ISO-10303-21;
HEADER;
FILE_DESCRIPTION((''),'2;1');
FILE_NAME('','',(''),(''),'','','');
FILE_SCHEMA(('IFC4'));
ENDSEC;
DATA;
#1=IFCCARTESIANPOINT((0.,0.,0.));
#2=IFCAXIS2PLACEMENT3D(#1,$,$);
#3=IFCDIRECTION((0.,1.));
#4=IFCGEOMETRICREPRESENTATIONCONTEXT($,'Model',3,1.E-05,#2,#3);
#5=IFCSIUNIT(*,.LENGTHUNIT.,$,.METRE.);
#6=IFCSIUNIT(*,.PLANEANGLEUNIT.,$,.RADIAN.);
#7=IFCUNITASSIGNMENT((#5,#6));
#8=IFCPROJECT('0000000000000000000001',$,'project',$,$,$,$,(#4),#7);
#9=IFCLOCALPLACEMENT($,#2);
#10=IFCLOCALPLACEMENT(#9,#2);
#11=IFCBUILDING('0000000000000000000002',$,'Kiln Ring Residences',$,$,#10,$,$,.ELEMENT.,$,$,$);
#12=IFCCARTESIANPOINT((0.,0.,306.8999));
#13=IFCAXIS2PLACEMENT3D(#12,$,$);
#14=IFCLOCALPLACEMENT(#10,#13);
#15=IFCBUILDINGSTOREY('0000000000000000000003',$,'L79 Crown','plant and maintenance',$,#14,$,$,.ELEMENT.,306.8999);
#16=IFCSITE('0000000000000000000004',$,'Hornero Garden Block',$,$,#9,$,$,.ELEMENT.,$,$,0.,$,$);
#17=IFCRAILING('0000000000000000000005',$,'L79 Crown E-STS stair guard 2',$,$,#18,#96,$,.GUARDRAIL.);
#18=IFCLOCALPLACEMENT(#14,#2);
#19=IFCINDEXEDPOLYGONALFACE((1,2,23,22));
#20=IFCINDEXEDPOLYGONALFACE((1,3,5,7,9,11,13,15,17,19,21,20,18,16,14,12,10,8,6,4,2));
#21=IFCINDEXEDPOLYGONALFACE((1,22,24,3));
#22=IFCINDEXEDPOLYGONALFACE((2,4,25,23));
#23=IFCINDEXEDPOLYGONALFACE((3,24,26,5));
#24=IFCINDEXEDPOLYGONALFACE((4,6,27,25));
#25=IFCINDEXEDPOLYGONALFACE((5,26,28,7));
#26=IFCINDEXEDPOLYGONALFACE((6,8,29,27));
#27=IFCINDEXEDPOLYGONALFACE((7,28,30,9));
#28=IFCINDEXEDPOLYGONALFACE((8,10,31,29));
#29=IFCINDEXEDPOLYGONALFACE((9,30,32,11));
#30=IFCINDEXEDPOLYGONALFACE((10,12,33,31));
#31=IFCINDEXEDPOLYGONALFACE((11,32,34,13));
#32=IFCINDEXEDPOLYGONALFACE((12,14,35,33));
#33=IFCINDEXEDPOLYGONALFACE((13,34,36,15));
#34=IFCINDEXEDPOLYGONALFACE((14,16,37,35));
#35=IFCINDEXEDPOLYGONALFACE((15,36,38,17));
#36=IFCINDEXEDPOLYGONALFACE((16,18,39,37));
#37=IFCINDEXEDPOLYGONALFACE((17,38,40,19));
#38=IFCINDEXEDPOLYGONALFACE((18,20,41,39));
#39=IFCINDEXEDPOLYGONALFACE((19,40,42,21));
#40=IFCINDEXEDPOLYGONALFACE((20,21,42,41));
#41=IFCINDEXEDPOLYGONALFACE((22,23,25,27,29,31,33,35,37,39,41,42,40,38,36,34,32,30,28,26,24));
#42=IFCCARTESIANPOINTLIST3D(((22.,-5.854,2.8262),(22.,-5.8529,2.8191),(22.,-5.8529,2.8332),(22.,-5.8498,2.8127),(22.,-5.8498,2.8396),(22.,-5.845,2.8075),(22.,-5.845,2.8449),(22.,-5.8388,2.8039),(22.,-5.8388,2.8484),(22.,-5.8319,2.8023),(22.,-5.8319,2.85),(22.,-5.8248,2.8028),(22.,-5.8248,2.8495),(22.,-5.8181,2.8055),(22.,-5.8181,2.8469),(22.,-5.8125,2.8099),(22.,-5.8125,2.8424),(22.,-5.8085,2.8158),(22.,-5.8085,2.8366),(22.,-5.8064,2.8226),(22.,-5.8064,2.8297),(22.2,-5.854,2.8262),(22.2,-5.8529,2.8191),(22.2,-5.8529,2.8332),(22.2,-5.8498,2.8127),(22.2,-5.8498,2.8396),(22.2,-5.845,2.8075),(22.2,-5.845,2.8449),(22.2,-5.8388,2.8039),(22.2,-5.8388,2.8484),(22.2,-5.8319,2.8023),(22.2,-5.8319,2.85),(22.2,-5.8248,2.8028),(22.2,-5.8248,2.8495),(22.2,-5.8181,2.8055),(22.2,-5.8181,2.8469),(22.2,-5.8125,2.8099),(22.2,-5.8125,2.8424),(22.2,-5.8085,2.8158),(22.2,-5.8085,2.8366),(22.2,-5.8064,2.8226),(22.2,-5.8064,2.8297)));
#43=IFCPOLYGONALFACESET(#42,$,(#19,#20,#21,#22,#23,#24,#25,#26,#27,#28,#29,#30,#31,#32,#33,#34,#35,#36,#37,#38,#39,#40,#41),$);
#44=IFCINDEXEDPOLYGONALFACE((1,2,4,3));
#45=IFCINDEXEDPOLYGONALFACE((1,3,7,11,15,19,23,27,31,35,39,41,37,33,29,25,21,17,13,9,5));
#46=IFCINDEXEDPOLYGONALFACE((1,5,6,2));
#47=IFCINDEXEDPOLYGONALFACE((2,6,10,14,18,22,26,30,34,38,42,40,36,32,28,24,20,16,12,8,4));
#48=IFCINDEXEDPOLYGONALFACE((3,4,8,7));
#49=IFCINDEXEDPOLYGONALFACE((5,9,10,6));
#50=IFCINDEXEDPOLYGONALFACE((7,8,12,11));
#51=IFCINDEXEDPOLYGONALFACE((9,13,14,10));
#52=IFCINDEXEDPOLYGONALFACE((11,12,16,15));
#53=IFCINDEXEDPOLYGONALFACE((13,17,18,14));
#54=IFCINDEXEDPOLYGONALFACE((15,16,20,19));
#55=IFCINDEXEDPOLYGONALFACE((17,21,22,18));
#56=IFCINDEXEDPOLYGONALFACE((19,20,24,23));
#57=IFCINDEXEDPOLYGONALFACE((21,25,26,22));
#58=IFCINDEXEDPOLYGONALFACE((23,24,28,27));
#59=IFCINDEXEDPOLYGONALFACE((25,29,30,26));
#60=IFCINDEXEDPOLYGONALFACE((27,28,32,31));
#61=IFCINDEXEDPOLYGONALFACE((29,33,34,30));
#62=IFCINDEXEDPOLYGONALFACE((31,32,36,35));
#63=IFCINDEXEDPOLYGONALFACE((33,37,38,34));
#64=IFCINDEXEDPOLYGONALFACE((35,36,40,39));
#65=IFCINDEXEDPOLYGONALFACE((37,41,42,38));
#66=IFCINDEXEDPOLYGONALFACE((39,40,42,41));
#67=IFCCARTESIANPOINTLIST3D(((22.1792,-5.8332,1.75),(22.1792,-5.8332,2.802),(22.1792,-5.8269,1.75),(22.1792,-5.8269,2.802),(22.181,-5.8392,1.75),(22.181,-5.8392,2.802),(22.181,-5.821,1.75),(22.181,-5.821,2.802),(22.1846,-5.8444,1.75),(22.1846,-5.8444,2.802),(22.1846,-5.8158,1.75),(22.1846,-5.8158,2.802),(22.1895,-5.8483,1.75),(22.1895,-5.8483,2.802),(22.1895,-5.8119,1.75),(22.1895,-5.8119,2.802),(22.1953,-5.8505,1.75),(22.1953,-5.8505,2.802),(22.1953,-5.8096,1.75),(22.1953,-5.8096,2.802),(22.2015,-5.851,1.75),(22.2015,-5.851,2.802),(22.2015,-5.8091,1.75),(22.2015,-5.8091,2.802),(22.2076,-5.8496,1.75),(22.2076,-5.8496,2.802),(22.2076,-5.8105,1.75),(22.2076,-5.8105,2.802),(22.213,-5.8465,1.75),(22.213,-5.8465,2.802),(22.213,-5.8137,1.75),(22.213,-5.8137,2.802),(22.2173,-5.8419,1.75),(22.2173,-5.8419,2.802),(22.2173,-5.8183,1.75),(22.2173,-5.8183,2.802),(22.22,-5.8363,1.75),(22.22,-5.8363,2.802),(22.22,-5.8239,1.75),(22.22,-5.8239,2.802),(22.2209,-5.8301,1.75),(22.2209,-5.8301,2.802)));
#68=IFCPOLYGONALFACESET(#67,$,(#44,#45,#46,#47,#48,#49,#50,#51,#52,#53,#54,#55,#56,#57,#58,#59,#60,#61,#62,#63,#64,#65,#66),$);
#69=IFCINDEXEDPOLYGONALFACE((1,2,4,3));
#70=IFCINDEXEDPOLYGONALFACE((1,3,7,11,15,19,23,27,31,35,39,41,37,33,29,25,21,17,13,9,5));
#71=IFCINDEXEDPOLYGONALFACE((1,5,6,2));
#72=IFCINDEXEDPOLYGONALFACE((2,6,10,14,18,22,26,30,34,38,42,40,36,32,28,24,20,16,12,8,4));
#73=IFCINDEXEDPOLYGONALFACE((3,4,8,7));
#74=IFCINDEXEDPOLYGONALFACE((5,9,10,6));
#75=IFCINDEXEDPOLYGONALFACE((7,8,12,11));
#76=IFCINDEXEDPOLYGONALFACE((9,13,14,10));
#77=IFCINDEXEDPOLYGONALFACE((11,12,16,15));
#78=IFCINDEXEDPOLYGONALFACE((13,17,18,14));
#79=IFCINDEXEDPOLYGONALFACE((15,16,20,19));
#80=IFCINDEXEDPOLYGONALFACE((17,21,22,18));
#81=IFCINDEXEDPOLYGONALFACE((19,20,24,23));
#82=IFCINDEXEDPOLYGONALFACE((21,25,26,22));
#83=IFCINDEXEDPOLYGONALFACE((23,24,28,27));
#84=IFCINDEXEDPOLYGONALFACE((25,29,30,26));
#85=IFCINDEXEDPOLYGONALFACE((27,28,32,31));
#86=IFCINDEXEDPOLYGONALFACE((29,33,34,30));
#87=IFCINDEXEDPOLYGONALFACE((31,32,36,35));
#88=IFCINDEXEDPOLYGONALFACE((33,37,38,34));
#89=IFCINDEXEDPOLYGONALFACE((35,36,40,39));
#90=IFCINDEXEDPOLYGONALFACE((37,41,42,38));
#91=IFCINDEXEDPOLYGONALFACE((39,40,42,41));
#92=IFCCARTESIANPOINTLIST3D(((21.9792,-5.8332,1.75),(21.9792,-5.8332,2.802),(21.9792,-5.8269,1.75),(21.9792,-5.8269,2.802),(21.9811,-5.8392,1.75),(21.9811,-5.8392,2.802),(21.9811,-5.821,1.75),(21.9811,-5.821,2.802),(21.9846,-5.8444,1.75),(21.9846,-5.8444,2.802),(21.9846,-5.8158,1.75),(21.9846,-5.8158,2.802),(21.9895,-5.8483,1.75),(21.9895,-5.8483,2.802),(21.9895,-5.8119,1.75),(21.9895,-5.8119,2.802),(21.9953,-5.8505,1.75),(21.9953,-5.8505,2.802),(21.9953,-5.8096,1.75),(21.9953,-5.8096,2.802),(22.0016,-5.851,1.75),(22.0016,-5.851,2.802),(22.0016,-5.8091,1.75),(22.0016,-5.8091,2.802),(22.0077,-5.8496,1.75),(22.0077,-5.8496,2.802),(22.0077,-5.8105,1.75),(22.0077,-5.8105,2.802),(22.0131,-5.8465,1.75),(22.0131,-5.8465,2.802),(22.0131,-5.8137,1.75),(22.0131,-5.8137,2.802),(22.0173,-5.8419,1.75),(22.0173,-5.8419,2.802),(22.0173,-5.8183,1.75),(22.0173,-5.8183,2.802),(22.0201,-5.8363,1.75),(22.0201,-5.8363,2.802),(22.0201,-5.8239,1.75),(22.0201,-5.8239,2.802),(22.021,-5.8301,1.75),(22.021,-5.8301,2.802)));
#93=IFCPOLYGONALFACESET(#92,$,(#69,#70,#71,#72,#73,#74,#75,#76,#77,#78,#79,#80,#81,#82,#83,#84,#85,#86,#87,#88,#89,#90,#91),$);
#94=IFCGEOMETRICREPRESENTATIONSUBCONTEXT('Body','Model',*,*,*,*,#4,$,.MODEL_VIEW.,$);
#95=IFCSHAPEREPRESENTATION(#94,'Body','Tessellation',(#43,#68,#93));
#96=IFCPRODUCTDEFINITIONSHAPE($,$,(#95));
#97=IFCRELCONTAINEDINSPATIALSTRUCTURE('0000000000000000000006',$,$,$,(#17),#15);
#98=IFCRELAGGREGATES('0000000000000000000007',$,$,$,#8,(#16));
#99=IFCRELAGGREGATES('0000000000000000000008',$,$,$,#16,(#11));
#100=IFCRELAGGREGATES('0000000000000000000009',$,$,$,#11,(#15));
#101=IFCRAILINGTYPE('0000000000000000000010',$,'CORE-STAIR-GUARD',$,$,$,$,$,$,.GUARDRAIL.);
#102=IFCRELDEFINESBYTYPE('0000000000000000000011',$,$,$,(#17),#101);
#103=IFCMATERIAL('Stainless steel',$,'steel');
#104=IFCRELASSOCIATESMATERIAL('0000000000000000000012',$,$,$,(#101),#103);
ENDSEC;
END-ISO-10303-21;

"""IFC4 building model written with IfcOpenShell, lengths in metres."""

from ifc_helpers import new_model, si_unit, direction, frame, origin, origin_2d, place, context, subcontext, project, spatial, circle, extrude, material, type_object, element, save


model = new_model("IFC4")

# Units and contexts
model_context = context("Model", 3, precision=1e-05, world=origin(), true_north=direction((0.0, 1.0)))
body_context = subcontext(model_context, "Body", "Model", "MODEL_VIEW")
ifc_project = project(units=[si_unit("LENGTHUNIT", "METRE"), si_unit("PLANEANGLEUNIT", "RADIAN")], contexts=[model_context])

# Site, building, storey
site_placement = place(None, origin())
site = spatial("IfcSite", under=ifc_project, at=site_placement, Name="Hornero Garden Block", CompositionType="ELEMENT", RefElevation=0.0)
building_placement = place(site_placement, origin())
building = spatial("IfcBuilding", under=site, at=building_placement, Name="Kiln Ring Residences", CompositionType="ELEMENT")
storey_placement = place(building_placement, frame((0.0, 0.0, 306.8999)))
storey = spatial("IfcBuildingStorey", under=building, at=storey_placement, Name="L79 Crown", Description="plant and maintenance", CompositionType="ELEMENT", Elevation=306.8999)

# Railing
ifc_material_1 = material(Name="Stainless steel", Category="steel")
railing_type_1 = type_object("IfcRailingType", Name="CORE-STAIR-GUARD", PredefinedType="GUARDRAIL", material=ifc_material_1)
railing_1_placement = place(storey_placement, frame((22.2, -5.8301, 1.75)))
element("IfcRailing", 1, at=railing_1_placement, inside=storey, type_object=railing_type_1, Name="L79 Crown E-STS stair guard 2", PredefinedType="GUARDRAIL", context=body_context, shape_type="SweptSolid", body=[
    extrude(circle(Radius=0.0239, at=origin_2d()), frame((0.0, 0.0, 1.0762), z_axis=(-1.0, 0.0, 0.0), x_axis=(0.0, -1.0, 0.0)), (0.0, 0.0, 1.0), 0.2),
    extrude(circle(Radius=0.021, at=origin_2d()), origin(), (0.0, 0.0, 1.0), 1.052),
    extrude(circle(Radius=0.021, at=origin_2d()), frame((-0.2, 0.0, 0.0)), (0.0, 0.0, 1.0), 1.052),
])

save(model, "model.ifc")
